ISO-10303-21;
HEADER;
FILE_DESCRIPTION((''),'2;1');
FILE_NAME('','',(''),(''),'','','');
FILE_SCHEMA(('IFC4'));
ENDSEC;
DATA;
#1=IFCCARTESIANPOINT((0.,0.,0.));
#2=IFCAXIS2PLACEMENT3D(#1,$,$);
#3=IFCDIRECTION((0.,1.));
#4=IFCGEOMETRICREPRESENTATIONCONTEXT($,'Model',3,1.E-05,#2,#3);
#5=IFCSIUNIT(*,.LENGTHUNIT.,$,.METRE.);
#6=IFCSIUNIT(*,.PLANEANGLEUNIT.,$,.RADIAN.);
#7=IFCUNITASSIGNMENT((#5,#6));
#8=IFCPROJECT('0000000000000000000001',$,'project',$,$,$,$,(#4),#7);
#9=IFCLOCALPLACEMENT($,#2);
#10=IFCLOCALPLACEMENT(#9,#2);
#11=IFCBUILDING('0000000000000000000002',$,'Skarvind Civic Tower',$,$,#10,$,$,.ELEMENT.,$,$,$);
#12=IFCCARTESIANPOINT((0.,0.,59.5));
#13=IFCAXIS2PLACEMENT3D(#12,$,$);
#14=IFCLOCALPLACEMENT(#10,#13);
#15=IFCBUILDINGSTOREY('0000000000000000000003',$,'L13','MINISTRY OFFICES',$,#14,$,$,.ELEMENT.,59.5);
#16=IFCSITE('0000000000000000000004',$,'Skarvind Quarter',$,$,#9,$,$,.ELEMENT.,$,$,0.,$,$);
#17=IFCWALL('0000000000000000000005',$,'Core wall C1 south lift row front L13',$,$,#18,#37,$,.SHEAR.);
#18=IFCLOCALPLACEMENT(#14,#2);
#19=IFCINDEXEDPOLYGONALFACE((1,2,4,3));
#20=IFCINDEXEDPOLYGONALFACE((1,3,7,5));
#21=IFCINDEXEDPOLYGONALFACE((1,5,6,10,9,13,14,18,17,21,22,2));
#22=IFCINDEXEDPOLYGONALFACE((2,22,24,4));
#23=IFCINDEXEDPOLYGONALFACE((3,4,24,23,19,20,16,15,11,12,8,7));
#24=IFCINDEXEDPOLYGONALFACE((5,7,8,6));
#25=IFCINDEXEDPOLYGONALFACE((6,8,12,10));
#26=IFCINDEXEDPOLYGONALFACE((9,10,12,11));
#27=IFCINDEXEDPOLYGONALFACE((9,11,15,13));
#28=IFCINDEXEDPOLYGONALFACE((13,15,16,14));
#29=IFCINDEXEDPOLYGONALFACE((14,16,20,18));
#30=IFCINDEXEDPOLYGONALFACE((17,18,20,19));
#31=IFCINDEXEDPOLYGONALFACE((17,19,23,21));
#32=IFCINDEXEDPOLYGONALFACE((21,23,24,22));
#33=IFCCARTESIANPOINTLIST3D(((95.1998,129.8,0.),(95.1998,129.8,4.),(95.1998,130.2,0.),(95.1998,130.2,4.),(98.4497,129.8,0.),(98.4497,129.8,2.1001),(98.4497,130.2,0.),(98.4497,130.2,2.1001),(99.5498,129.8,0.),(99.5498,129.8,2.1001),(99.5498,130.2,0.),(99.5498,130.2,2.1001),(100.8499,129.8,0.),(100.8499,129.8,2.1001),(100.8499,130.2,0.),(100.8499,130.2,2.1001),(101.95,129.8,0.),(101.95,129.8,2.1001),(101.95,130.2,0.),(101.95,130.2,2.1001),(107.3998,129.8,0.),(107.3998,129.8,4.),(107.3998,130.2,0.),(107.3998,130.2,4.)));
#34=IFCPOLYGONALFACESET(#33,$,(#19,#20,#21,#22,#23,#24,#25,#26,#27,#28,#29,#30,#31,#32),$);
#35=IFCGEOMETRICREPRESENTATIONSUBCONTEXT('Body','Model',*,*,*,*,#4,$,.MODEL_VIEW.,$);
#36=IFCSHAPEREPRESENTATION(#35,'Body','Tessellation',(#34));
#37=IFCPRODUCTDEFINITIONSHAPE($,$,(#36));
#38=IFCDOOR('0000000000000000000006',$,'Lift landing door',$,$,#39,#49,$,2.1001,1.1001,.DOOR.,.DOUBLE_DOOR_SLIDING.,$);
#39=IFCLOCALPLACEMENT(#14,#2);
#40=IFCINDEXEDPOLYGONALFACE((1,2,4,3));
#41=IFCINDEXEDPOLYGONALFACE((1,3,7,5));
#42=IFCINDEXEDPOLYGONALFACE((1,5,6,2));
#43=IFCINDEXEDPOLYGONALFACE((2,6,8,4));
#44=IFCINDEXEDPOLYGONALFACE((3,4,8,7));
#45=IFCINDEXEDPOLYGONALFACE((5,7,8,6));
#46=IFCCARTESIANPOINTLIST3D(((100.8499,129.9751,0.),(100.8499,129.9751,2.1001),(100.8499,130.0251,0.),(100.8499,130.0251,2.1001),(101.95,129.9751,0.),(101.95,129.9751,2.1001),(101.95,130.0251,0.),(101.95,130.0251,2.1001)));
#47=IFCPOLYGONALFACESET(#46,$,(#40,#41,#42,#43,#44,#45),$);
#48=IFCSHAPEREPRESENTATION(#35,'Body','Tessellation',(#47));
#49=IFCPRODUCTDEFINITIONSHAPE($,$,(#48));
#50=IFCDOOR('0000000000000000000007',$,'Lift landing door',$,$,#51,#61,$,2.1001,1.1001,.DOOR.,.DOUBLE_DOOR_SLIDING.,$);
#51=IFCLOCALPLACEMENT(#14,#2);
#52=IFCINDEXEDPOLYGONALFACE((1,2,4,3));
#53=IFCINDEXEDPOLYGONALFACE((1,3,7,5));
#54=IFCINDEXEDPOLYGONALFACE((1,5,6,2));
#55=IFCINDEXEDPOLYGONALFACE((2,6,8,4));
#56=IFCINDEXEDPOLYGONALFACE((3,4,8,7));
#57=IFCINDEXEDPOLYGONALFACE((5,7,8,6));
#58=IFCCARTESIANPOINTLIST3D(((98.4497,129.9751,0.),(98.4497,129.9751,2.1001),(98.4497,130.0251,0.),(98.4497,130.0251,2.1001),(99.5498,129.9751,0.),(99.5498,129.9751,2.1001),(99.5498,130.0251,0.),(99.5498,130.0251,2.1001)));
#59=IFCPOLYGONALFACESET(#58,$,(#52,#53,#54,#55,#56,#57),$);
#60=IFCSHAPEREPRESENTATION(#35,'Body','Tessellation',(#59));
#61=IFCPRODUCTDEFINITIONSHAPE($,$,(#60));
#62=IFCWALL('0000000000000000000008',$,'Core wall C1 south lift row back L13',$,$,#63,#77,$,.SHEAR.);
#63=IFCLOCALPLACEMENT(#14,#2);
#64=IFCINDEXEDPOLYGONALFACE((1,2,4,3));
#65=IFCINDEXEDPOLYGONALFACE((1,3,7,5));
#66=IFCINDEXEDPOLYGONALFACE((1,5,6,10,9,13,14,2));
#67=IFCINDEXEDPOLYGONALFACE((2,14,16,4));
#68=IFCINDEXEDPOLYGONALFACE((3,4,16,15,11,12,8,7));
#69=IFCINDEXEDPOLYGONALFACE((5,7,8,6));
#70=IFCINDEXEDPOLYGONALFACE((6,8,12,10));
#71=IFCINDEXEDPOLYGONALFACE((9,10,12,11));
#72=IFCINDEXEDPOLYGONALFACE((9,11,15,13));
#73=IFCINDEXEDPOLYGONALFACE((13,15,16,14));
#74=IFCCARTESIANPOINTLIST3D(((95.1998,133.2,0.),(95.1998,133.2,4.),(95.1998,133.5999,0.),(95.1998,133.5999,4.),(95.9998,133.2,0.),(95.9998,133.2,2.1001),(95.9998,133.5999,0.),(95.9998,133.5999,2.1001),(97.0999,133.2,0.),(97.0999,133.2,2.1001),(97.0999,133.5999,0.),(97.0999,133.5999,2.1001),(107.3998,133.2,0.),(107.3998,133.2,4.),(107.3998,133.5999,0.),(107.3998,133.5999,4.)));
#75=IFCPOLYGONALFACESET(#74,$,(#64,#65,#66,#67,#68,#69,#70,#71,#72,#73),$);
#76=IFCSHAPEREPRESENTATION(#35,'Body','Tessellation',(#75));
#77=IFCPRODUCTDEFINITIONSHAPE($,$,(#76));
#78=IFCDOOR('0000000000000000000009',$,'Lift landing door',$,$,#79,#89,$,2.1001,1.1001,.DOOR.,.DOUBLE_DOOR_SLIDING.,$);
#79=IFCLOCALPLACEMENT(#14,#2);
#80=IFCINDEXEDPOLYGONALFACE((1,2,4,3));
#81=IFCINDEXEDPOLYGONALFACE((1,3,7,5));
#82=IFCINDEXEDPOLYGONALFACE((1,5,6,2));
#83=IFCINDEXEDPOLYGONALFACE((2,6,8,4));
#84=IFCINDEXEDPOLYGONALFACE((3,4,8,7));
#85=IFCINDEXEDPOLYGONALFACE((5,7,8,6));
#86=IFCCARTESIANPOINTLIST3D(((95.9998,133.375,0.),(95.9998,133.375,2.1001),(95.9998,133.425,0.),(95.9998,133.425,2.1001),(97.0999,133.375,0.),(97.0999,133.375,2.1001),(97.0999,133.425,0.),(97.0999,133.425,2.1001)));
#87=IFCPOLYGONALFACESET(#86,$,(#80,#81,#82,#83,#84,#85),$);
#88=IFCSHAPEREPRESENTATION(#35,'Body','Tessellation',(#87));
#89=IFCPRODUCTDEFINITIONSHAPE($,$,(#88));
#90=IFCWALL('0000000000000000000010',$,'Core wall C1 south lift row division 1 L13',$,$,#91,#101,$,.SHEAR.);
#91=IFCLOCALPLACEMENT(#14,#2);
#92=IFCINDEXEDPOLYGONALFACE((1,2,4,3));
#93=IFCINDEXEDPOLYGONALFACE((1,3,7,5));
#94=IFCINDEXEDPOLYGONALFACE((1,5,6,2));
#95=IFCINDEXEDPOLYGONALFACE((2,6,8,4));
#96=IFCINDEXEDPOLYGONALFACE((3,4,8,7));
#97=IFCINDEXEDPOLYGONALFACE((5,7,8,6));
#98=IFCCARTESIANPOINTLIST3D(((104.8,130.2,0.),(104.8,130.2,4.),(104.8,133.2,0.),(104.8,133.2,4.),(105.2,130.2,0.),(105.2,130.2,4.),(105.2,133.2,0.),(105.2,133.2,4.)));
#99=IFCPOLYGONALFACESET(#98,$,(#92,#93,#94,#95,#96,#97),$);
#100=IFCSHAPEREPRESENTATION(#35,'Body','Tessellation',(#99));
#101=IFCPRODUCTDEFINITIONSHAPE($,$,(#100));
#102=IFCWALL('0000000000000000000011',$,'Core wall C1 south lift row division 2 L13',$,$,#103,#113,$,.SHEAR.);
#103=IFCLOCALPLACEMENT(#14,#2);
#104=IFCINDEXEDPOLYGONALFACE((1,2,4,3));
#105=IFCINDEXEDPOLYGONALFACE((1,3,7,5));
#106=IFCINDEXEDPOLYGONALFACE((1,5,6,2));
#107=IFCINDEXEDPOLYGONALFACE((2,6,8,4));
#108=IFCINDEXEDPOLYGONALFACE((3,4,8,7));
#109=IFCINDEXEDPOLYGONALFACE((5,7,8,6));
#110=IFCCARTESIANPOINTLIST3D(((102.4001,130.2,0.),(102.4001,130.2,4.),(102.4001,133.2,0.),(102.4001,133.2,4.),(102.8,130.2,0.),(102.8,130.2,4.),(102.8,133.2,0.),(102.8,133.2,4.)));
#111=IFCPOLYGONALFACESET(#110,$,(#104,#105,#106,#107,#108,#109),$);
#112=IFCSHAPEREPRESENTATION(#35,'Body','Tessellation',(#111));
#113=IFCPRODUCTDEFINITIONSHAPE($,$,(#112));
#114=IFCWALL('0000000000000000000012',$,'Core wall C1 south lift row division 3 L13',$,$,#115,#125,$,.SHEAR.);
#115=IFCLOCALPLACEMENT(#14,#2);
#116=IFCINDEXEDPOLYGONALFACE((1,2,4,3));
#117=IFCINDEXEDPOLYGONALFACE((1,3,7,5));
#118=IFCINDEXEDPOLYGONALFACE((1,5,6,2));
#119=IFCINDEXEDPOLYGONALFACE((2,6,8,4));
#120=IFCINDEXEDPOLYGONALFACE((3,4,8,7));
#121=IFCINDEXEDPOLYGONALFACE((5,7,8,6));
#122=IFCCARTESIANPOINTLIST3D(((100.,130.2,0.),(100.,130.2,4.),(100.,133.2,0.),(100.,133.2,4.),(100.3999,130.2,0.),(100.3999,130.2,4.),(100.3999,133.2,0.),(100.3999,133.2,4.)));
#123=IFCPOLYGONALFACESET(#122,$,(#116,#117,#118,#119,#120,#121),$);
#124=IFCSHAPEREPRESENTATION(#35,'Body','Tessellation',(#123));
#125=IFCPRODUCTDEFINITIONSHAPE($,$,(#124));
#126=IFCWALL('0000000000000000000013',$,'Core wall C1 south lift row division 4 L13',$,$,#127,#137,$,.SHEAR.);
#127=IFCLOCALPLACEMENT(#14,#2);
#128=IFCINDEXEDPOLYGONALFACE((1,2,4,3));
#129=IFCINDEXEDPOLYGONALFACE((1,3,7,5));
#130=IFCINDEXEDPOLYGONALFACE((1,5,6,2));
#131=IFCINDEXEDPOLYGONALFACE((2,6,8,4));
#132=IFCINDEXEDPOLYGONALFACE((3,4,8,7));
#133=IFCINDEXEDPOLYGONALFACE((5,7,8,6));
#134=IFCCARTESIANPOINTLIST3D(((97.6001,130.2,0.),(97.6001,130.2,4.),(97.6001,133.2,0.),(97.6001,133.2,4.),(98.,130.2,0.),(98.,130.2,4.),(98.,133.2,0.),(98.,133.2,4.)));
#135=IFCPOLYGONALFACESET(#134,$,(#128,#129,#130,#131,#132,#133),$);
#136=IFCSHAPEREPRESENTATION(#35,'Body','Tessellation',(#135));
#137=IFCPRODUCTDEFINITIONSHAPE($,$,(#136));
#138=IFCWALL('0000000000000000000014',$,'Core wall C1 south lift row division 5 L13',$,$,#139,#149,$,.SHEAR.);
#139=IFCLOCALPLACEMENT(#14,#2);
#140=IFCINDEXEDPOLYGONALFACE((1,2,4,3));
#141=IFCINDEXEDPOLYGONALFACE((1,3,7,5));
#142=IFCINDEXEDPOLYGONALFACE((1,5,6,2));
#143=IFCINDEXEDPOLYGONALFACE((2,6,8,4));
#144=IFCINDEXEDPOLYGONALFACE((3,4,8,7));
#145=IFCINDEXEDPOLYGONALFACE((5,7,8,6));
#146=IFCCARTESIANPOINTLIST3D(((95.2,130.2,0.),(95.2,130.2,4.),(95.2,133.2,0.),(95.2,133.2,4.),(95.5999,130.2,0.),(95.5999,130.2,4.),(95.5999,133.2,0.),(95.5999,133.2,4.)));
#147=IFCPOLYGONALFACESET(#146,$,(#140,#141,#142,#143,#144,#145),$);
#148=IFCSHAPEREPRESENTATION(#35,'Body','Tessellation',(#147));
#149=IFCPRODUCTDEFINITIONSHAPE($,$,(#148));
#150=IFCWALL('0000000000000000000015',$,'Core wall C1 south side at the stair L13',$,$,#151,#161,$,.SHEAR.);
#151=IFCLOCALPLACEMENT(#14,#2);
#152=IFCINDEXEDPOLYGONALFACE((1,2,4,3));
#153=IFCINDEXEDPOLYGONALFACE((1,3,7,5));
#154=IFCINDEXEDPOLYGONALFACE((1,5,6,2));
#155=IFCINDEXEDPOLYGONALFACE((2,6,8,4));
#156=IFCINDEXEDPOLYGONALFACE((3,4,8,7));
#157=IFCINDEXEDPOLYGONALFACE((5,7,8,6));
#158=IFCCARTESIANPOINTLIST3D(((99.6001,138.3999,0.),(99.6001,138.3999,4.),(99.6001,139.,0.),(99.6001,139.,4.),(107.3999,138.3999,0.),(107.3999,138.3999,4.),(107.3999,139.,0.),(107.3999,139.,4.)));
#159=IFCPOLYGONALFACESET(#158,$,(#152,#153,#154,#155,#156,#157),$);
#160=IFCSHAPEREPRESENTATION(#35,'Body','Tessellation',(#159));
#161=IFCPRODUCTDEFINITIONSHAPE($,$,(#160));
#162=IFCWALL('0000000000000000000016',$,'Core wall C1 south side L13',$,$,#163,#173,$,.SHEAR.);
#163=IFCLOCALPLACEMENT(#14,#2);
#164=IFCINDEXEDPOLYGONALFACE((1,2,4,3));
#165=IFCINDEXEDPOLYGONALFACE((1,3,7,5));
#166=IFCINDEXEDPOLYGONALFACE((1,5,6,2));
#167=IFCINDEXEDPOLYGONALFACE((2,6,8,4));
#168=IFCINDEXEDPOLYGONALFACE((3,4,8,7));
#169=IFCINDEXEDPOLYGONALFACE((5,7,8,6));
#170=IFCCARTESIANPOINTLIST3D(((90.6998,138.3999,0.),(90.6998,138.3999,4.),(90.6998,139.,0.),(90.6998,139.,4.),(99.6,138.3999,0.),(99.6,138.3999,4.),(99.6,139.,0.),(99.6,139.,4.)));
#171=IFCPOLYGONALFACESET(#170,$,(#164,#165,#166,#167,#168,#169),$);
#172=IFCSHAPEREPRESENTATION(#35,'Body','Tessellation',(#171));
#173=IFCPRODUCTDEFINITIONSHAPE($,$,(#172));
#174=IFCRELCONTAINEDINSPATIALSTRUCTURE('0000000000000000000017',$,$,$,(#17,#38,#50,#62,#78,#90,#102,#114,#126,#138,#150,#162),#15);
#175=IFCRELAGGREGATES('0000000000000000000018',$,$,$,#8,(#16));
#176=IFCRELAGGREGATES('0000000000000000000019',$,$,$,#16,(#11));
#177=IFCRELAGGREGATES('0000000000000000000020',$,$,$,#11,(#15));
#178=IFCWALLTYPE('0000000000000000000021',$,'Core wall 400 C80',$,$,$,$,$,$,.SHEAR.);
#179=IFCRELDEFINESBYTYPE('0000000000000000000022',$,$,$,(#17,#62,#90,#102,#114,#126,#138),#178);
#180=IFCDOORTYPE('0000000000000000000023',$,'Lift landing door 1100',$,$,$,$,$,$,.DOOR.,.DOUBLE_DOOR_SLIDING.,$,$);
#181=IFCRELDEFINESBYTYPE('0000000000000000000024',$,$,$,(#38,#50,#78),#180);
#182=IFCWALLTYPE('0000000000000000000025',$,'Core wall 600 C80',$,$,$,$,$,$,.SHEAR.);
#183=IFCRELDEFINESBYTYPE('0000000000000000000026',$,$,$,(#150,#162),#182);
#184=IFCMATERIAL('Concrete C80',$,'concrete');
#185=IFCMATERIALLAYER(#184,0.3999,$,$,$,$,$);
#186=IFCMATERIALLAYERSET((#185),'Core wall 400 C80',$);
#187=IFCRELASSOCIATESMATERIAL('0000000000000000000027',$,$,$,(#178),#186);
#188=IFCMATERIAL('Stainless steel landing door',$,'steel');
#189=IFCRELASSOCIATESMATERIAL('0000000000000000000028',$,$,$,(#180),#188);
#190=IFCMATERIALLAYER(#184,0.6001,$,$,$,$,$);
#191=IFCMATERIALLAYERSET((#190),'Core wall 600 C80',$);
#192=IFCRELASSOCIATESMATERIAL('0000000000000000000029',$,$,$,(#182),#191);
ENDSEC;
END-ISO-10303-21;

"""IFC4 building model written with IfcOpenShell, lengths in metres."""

from ifc_helpers import new_model, si_unit, direction, frame, frame_2d, origin, place, context, subcontext, project, spatial, rectangle, extrude, material, layer, layer_set, type_object, element, fill, save


model = new_model("IFC4")

# Units and contexts
model_context = context("Model", 3, precision=1e-05, world=origin(), true_north=direction((0.0, 1.0)))
body_context = subcontext(model_context, "Body", "Model", "MODEL_VIEW")
ifc_project = project(units=[si_unit("LENGTHUNIT", "METRE"), si_unit("PLANEANGLEUNIT", "RADIAN")], contexts=[model_context])

# Site, building, storey
site_placement = place(None, origin())
site = spatial("IfcSite", under=ifc_project, at=site_placement, Name="Skarvind Quarter", CompositionType="ELEMENT", RefElevation=0.0)
building_placement = place(site_placement, origin())
building = spatial("IfcBuilding", under=site, at=building_placement, Name="Skarvind Civic Tower", CompositionType="ELEMENT")
storey_placement = place(building_placement, frame((0.0, 0.0, 59.5)))
storey = spatial("IfcBuildingStorey", under=building, at=storey_placement, Name="L13", Description="MINISTRY OFFICES", CompositionType="ELEMENT", Elevation=59.5)

# Shared definitions
ifc_material_1 = material(Name="Concrete C80", Category="concrete")
ifc_layer_1 = layer(ifc_material_1, 0.3999)
ifc_layer_set_1 = layer_set([ifc_layer_1], Name="Core wall 400 C80")
wall_type_1 = type_object("IfcWallType", Name="Core wall 400 C80", PredefinedType="SHEAR", material=ifc_layer_set_1)

# Wall, openings, doors
wall_1_placement = place(storey_placement, frame((107.3999, 130.0, 0.0), z_axis=(0.0, 0.0, 1.0), x_axis=(-1.0, 0.0, 0.0)))
wall_1 = element("IfcWall", 1, at=wall_1_placement, inside=storey, type_object=wall_type_1, Name="Core wall C1 south lift row front L13", PredefinedType="SHEAR", context=body_context, shape_type="SweptSolid", body=[
    extrude(rectangle(XDim=12.2, YDim=0.3999, at=frame_2d((6.1001, 0.0))), origin(), (0.0, 0.0, 1.0), 4.0),
])
opening_1_placement = place(wall_1_placement, frame((5.45, 0.0, 0.0)))
opening_1 = element("IfcOpeningElement", 2, at=opening_1_placement, cuts=wall_1, PredefinedType="OPENING", context=body_context, shape_type="SweptSolid", body=[
    extrude(rectangle(XDim=1.1001, YDim=2.1001, at=frame_2d((0.55, 1.05))), frame((0.0, 0.21, 0.0), z_axis=(0.0, -1.0, 0.0), x_axis=(1.0, 0.0, 0.0)), (0.0, 0.0, 1.0), 0.4199),
])
opening_2_placement = place(wall_1_placement, frame((7.8501, 0.0, 0.0)))
opening_2 = element("IfcOpeningElement", 3, at=opening_2_placement, cuts=wall_1, PredefinedType="OPENING", context=body_context, shape_type="SweptSolid", body=[
    extrude(rectangle(XDim=1.1001, YDim=2.1001, at=frame_2d((0.55, 1.05))), frame((0.0, 0.21, 0.0), z_axis=(0.0, -1.0, 0.0), x_axis=(1.0, 0.0, 0.0)), (0.0, 0.0, 1.0), 0.4199),
])
ifc_material_2 = material(Name="Stainless steel landing door", Category="steel")
door_type_1 = type_object("IfcDoorType", Name="Lift landing door 1100", OperationType="DOUBLE_DOOR_SLIDING", PredefinedType="DOOR", material=ifc_material_2)
door_1_placement = place(opening_1_placement, origin())
door_1 = element("IfcDoor", 4, at=door_1_placement, inside=storey, type_object=door_type_1, Name="Lift landing door", OperationType="DOUBLE_DOOR_SLIDING", OverallHeight=2.1001, OverallWidth=1.1001, PredefinedType="DOOR", context=body_context, shape_type="SweptSolid", body=[
    extrude(rectangle(XDim=1.1001, YDim=2.1001, at=frame_2d((0.55, 1.05))), frame((0.0, 0.0249, 0.0), z_axis=(0.0, -1.0, 0.0), x_axis=(1.0, 0.0, 0.0)), (0.0, 0.0, 1.0), 0.05),
])
fill(opening_1, door_1)
door_2_placement = place(opening_2_placement, origin())
door_2 = element("IfcDoor", 5, at=door_2_placement, inside=storey, type_object=door_type_1, Name="Lift landing door", OperationType="DOUBLE_DOOR_SLIDING", OverallHeight=2.1001, OverallWidth=1.1001, PredefinedType="DOOR", context=body_context, shape_type="SweptSolid", body=[
    extrude(rectangle(XDim=1.1001, YDim=2.1001, at=frame_2d((0.55, 1.05))), frame((0.0, 0.0249, 0.0), z_axis=(0.0, -1.0, 0.0), x_axis=(1.0, 0.0, 0.0)), (0.0, 0.0, 1.0), 0.05),
])
fill(opening_2, door_2)

# Wall, opening, door
wall_2_placement = place(storey_placement, frame((107.3999, 133.3999, 0.0), z_axis=(0.0, 0.0, 1.0), x_axis=(-1.0, 0.0, 0.0)))
wall_2 = element("IfcWall", 6, at=wall_2_placement, inside=storey, type_object=wall_type_1, Name="Core wall C1 south lift row back L13", PredefinedType="SHEAR", context=body_context, shape_type="SweptSolid", body=[
    extrude(rectangle(XDim=12.2, YDim=0.3999, at=frame_2d((6.1001, 0.0))), origin(), (0.0, 0.0, 1.0), 4.0),
])
opening_3_placement = place(wall_2_placement, frame((10.3, 0.0, 0.0)))
opening_3 = element("IfcOpeningElement", 7, at=opening_3_placement, cuts=wall_2, PredefinedType="OPENING", context=body_context, shape_type="SweptSolid", body=[
    extrude(rectangle(XDim=1.1001, YDim=2.1001, at=frame_2d((0.55, 1.05))), frame((0.0, 0.21, 0.0), z_axis=(0.0, -1.0, 0.0), x_axis=(1.0, 0.0, 0.0)), (0.0, 0.0, 1.0), 0.4199),
])
door_3_placement = place(opening_3_placement, origin())
door_3 = element("IfcDoor", 8, at=door_3_placement, inside=storey, type_object=door_type_1, Name="Lift landing door", OperationType="DOUBLE_DOOR_SLIDING", OverallHeight=2.1001, OverallWidth=1.1001, PredefinedType="DOOR", context=body_context, shape_type="SweptSolid", body=[
    extrude(rectangle(XDim=1.1001, YDim=2.1001, at=frame_2d((0.55, 1.05))), frame((0.0, 0.0249, 0.0), z_axis=(0.0, -1.0, 0.0), x_axis=(1.0, 0.0, 0.0)), (0.0, 0.0, 1.0), 0.05),
])
fill(opening_3, door_3)

# Walls
for number, where, z_axis, x_axis, name in (
    (9, (105.0, 133.2, 0.0), (0.0, 0.0, 1.0), (0.0, -1.0, 0.0), "Core wall C1 south lift row division 1 L13"),
    (10, (102.6001, 133.2, 0.0), (0.0, 0.0, 1.0), (0.0, -1.0, 0.0), "Core wall C1 south lift row division 2 L13"),
    (11, (100.2, 133.2, 0.0), (0.0, 0.0, 1.0), (0.0, -1.0, 0.0), "Core wall C1 south lift row division 3 L13"),
    (12, (97.8, 133.2, 0.0), (0.0, 0.0, 1.0), (0.0, -1.0, 0.0), "Core wall C1 south lift row division 4 L13"),
    (13, (95.3999, 133.2, 0.0), (0.0, 0.0, 1.0), (0.0, -1.0, 0.0), "Core wall C1 south lift row division 5 L13"),
):
    element("IfcWall", number, at=place(storey_placement, frame(where, z_axis=z_axis, x_axis=x_axis)), inside=storey, type_object=wall_type_1, Name=name, PredefinedType="SHEAR", context=body_context, shape_type="SweptSolid", body=[
        extrude(rectangle(XDim=3.0, YDim=0.3999, at=frame_2d((1.5, 0.0))), origin(), (0.0, 0.0, 1.0), 4.0),
    ])
ifc_layer_2 = layer(ifc_material_1, 0.6001)
ifc_layer_set_2 = layer_set([ifc_layer_2], Name="Core wall 600 C80")
wall_type_2 = type_object("IfcWallType", Name="Core wall 600 C80", PredefinedType="SHEAR", material=ifc_layer_set_2)
wall_3_placement = place(storey_placement, frame((107.3999, 138.7, 0.0), z_axis=(0.0, 0.0, 1.0), x_axis=(-1.0, 0.0, 0.0)))
element("IfcWall", 14, at=wall_3_placement, inside=storey, type_object=wall_type_2, Name="Core wall C1 south side at the stair L13", PredefinedType="SHEAR", context=body_context, shape_type="SweptSolid", body=[
    extrude(rectangle(XDim=7.7998, YDim=0.6001, at=frame_2d((3.8999, 0.0))), origin(), (0.0, 0.0, 1.0), 4.0),
])
wall_4_placement = place(storey_placement, frame((99.6001, 138.7, 0.0), z_axis=(0.0, 0.0, 1.0), x_axis=(-1.0, 0.0, 0.0)))
element("IfcWall", 15, at=wall_4_placement, inside=storey, type_object=wall_type_2, Name="Core wall C1 south side L13", PredefinedType="SHEAR", context=body_context, shape_type="SweptSolid", body=[
    extrude(rectangle(XDim=8.9001, YDim=0.6001, at=frame_2d((4.4502, 0.0))), origin(), (0.0, 0.0, 1.0), 4.0),
])

save(model, "model.ifc")
